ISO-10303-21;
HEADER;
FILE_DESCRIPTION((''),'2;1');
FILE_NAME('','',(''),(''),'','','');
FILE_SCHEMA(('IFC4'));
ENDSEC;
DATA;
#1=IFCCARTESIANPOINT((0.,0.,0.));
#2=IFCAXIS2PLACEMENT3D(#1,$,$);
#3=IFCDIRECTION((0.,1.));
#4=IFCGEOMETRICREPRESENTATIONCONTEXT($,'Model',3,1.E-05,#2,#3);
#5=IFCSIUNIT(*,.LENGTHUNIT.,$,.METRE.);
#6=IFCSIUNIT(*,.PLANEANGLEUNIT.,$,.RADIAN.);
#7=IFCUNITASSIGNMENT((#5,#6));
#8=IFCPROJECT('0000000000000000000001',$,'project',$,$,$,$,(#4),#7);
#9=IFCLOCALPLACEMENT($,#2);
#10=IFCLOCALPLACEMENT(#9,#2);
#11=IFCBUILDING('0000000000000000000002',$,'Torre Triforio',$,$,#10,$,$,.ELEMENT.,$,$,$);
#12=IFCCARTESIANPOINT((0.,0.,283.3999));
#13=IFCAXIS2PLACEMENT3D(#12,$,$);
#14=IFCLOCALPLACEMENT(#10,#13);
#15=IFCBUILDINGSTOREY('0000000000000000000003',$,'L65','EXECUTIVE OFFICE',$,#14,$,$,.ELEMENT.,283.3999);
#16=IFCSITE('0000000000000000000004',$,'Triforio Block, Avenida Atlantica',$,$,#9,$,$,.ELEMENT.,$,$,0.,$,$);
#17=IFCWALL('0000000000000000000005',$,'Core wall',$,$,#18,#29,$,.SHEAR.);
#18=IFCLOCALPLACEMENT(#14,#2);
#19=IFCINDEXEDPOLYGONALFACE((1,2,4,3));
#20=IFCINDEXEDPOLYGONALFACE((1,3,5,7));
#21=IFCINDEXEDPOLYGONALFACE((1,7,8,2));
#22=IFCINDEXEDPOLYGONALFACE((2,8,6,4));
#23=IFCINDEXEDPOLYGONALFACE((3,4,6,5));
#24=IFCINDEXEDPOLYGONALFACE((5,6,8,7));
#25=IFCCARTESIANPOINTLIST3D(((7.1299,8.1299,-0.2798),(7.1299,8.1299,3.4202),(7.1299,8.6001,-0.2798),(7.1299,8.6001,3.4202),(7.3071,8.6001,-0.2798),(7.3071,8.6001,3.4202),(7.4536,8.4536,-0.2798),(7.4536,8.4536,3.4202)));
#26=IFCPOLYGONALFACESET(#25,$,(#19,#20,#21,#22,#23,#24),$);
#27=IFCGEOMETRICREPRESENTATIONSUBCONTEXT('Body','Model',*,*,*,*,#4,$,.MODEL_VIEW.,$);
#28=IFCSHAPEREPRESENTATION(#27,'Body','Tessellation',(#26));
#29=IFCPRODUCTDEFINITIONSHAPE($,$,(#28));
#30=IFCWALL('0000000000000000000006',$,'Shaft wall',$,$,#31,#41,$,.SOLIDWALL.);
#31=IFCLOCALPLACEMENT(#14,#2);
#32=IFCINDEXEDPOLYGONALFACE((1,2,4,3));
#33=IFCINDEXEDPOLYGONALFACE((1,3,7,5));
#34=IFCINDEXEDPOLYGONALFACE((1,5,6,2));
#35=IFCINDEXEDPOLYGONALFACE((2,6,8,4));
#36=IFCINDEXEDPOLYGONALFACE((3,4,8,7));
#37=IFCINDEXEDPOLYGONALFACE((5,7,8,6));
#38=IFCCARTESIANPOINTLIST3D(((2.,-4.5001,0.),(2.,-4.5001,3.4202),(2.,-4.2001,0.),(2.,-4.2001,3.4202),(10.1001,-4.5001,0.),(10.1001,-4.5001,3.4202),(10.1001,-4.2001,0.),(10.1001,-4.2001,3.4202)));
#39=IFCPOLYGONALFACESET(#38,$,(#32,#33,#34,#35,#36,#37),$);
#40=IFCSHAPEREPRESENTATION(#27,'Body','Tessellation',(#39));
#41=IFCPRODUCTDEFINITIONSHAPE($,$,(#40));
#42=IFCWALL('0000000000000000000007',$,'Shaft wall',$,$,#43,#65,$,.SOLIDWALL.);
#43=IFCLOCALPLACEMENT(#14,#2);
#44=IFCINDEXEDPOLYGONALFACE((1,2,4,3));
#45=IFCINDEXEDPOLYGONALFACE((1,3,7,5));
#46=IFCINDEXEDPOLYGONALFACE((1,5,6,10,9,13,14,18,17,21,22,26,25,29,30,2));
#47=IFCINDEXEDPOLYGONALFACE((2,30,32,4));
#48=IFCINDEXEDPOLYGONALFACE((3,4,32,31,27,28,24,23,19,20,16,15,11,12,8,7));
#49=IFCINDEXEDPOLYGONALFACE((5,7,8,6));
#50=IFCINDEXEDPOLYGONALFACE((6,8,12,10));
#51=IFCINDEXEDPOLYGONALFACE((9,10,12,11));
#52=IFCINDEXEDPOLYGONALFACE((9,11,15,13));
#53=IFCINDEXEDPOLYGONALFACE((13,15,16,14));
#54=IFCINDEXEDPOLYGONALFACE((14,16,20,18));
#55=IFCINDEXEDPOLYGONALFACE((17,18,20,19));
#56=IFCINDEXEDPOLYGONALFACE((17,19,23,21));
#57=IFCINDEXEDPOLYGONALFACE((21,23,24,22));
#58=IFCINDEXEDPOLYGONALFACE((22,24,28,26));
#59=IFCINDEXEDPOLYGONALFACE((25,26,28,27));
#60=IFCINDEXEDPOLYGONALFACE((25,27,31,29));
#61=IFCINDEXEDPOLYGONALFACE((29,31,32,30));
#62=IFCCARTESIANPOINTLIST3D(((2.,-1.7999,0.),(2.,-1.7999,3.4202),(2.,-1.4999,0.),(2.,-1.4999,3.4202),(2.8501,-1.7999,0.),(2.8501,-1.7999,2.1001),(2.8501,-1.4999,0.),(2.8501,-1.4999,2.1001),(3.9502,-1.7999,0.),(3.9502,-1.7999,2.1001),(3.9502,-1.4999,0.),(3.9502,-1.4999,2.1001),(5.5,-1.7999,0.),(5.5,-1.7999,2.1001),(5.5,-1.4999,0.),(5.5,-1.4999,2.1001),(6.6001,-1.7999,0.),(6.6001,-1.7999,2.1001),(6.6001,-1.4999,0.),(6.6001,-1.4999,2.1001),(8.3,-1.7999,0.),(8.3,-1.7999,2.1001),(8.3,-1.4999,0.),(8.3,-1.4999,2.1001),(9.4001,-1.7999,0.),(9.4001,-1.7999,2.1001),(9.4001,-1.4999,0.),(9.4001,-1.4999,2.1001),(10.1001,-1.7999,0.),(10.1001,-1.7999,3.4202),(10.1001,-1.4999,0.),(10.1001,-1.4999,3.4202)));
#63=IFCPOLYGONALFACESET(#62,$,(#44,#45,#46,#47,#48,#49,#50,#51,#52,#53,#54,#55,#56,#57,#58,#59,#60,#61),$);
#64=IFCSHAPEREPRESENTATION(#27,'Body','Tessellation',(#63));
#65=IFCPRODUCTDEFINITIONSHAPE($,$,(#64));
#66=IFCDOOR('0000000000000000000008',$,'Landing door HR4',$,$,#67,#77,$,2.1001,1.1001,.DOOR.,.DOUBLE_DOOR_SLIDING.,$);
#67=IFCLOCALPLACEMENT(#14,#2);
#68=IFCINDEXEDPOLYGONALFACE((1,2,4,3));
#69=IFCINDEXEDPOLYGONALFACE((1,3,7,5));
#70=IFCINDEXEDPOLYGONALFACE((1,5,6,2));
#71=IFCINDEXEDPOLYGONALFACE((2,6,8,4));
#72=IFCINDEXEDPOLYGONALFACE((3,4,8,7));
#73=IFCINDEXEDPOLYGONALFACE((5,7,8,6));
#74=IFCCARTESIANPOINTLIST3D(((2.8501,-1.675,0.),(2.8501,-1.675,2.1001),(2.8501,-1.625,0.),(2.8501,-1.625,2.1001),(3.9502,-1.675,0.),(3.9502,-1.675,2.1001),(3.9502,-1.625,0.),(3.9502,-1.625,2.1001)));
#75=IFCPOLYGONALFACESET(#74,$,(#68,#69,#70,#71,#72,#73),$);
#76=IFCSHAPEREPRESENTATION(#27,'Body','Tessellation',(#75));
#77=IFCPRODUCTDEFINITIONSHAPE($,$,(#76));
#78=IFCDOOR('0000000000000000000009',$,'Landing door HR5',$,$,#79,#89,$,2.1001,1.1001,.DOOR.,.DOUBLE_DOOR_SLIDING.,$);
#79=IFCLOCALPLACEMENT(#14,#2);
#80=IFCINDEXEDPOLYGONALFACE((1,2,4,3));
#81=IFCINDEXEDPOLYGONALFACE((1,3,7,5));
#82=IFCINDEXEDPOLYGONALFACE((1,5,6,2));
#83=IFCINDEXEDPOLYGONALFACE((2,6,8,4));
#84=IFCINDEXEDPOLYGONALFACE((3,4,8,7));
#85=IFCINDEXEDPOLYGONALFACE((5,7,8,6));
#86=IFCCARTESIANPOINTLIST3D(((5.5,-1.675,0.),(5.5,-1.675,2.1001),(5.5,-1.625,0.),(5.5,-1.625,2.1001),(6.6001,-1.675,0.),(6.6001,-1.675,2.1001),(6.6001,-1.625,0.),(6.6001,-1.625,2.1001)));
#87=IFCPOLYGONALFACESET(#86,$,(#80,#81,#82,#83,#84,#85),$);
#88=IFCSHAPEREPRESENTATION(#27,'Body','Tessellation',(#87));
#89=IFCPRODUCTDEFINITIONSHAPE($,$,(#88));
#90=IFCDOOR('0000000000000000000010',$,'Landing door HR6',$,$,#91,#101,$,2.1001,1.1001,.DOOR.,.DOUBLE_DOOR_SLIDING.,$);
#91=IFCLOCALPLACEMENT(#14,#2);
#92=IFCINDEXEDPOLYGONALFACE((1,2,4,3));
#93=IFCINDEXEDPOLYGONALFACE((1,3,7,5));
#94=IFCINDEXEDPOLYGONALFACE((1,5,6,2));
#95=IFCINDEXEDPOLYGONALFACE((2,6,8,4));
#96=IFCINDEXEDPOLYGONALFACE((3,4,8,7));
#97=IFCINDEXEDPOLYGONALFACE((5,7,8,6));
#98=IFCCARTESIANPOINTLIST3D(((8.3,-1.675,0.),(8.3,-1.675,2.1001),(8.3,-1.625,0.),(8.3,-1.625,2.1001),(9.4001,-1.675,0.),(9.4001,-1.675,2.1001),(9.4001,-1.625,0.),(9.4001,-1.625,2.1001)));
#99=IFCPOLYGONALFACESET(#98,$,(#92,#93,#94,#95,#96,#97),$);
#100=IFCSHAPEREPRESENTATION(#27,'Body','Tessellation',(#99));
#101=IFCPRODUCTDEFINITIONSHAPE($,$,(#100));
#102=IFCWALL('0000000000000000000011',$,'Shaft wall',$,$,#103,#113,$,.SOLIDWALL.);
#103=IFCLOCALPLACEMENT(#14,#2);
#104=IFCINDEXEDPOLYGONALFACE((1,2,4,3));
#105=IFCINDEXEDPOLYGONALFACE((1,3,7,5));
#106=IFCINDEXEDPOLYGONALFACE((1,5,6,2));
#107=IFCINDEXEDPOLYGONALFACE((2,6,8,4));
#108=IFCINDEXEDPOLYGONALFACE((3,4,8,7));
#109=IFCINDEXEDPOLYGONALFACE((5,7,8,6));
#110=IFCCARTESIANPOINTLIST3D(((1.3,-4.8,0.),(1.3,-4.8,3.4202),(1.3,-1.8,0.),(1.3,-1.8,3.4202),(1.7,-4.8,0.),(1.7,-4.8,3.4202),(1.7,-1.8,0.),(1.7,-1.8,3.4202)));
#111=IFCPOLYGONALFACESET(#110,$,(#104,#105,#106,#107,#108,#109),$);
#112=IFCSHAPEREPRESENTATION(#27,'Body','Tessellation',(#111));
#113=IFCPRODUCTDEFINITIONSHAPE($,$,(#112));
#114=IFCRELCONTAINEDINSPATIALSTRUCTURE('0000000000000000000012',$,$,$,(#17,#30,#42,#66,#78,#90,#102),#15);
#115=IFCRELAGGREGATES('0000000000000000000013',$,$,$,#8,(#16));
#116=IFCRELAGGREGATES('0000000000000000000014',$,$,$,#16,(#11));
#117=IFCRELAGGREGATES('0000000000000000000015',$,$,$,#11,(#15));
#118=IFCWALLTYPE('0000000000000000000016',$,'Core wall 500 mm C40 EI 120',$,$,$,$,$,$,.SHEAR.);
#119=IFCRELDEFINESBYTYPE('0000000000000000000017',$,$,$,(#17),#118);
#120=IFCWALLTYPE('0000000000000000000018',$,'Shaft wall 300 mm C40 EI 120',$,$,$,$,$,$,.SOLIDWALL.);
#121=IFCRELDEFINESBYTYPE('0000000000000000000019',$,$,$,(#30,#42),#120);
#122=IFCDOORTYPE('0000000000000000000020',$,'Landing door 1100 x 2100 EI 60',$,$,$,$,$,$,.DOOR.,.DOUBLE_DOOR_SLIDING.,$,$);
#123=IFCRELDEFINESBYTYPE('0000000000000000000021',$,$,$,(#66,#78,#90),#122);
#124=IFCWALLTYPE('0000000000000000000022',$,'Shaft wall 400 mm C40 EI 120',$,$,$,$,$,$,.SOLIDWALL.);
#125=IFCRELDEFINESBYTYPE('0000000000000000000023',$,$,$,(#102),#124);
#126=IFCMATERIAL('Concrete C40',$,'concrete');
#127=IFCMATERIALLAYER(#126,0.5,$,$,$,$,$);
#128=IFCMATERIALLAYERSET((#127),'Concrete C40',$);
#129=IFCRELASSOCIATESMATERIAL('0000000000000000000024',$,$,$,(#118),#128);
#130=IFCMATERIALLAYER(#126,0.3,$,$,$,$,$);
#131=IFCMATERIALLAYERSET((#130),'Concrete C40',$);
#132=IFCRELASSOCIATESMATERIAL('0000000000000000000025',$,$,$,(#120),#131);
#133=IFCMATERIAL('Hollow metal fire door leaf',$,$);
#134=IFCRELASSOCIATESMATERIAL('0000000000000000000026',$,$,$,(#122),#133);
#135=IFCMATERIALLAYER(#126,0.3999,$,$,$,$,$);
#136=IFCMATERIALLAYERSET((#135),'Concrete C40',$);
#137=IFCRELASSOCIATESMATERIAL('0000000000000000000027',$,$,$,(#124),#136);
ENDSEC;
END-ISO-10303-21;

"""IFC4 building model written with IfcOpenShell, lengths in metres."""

from ifc_helpers import new_model, si_unit, direction, frame, frame_2d, origin, place, context, subcontext, project, spatial, polyline, rectangle, outline, extrude, material, layer, layer_set, type_object, element, fill, save


model = new_model("IFC4")

# Units and contexts
model_context = context("Model", 3, precision=1e-05, world=origin(), true_north=direction((0.0, 1.0)))
body_context = subcontext(model_context, "Body", "Model", "MODEL_VIEW")
ifc_project = project(units=[si_unit("LENGTHUNIT", "METRE"), si_unit("PLANEANGLEUNIT", "RADIAN")], contexts=[model_context])

# Site, building, storey
site_placement = place(None, origin())
site = spatial("IfcSite", under=ifc_project, at=site_placement, Name="Triforio Block, Avenida Atlantica", CompositionType="ELEMENT", RefElevation=0.0)
building_placement = place(site_placement, origin())
building = spatial("IfcBuilding", under=site, at=building_placement, Name="Torre Triforio", CompositionType="ELEMENT")
storey_placement = place(building_placement, frame((0.0, 0.0, 283.3999)))
storey = spatial("IfcBuildingStorey", under=building, at=storey_placement, Name="L65", Description="EXECUTIVE OFFICE", CompositionType="ELEMENT", Elevation=283.3999)

# Shared definitions
ifc_material_1 = material(Name="Concrete C40", Category="concrete")

# Walls
ifc_layer_1 = layer(ifc_material_1, 0.5)
ifc_layer_set_1 = layer_set([ifc_layer_1], Name="Concrete C40")
wall_type_1 = type_object("IfcWallType", Name="Core wall 500 mm C40 EI 120", PredefinedType="SHEAR", material=ifc_layer_set_1)
wall_1_placement = place(storey_placement, frame((0.0, 0.0, -0.2798)))
element("IfcWall", 1, at=wall_1_placement, inside=storey, type_object=wall_type_1, Name="Core wall", PredefinedType="SHEAR", context=body_context, shape_type="SweptSolid", body=[
    extrude(outline(polyline([(7.3071, 8.6001), (7.4536, 8.4536), (7.1299, 8.1299), (7.1299, 8.6001), (7.3071, 8.6001)])), origin(), (0.0, 0.0, 1.0), 3.7),
])
ifc_layer_2 = layer(ifc_material_1, 0.3)
ifc_layer_set_2 = layer_set([ifc_layer_2], Name="Concrete C40")
wall_type_2 = type_object("IfcWallType", Name="Shaft wall 300 mm C40 EI 120", PredefinedType="SOLIDWALL", material=ifc_layer_set_2)
wall_2_placement = place(storey_placement, frame((2.0, -4.3501, 0.0), z_axis=(0.0, 0.0, 1.0), x_axis=(1.0, 0.0, 0.0)))
element("IfcWall", 2, at=wall_2_placement, inside=storey, type_object=wall_type_2, Name="Shaft wall", PredefinedType="SOLIDWALL", context=body_context, shape_type="SweptSolid", body=[
    extrude(rectangle(XDim=8.1001, YDim=0.3, at=frame_2d((4.05, 0.0))), origin(), (0.0, 0.0, 1.0), 3.4202),
])

# Wall, openings, doors
wall_3_placement = place(storey_placement, frame((2.0, -1.6499, 0.0), z_axis=(0.0, 0.0, 1.0), x_axis=(1.0, 0.0, 0.0)))
wall_3 = element("IfcWall", 3, at=wall_3_placement, inside=storey, type_object=wall_type_2, Name="Shaft wall", PredefinedType="SOLIDWALL", context=body_context, shape_type="SweptSolid", body=[
    extrude(rectangle(XDim=8.1001, YDim=0.3, at=frame_2d((4.05, 0.0))), origin(), (0.0, 0.0, 1.0), 3.4202),
])
opening_1_placement = place(wall_3_placement, frame((0.8501, 0.0, 0.0)))
opening_1 = element("IfcOpeningElement", 4, at=opening_1_placement, cuts=wall_3, PredefinedType="OPENING", context=body_context, shape_type="SweptSolid", body=[
    extrude(rectangle(XDim=1.1001, YDim=2.1001, at=frame_2d((0.55, 1.05))), frame((0.0, 0.1599, 0.0), z_axis=(0.0, -1.0, 0.0), x_axis=(1.0, 0.0, 0.0)), (0.0, 0.0, 1.0), 0.3201),
])
opening_2_placement = place(wall_3_placement, frame((3.5, 0.0, 0.0)))
opening_2 = element("IfcOpeningElement", 5, at=opening_2_placement, cuts=wall_3, PredefinedType="OPENING", context=body_context, shape_type="SweptSolid", body=[
    extrude(rectangle(XDim=1.1001, YDim=2.1001, at=frame_2d((0.55, 1.05))), frame((0.0, 0.1599, 0.0), z_axis=(0.0, -1.0, 0.0), x_axis=(1.0, 0.0, 0.0)), (0.0, 0.0, 1.0), 0.3201),
])
opening_3_placement = place(wall_3_placement, frame((6.3, 0.0, 0.0)))
opening_3 = element("IfcOpeningElement", 6, at=opening_3_placement, cuts=wall_3, PredefinedType="OPENING", context=body_context, shape_type="SweptSolid", body=[
    extrude(rectangle(XDim=1.1001, YDim=2.1001, at=frame_2d((0.55, 1.05))), frame((0.0, 0.1599, 0.0), z_axis=(0.0, -1.0, 0.0), x_axis=(1.0, 0.0, 0.0)), (0.0, 0.0, 1.0), 0.3201),
])
ifc_material_2 = material(Name="Hollow metal fire door leaf")
door_type = type_object("IfcDoorType", Name="Landing door 1100 x 2100 EI 60", OperationType="DOUBLE_DOOR_SLIDING", PredefinedType="DOOR", material=ifc_material_2)
door_1_placement = place(opening_1_placement, origin())
door_1 = element("IfcDoor", 7, at=door_1_placement, inside=storey, type_object=door_type, Name="Landing door HR4", OperationType="DOUBLE_DOOR_SLIDING", OverallHeight=2.1001, OverallWidth=1.1001, PredefinedType="DOOR", context=body_context, shape_type="SweptSolid", body=[
    extrude(rectangle(XDim=1.1001, YDim=2.1001, at=frame_2d((0.55, 1.05))), frame((0.0, 0.0249, 0.0), z_axis=(0.0, -1.0, 0.0), x_axis=(1.0, 0.0, 0.0)), (0.0, 0.0, 1.0), 0.05),
])
fill(opening_1, door_1)
door_2_placement = place(opening_2_placement, origin())
door_2 = element("IfcDoor", 8, at=door_2_placement, inside=storey, type_object=door_type, Name="Landing door HR5", OperationType="DOUBLE_DOOR_SLIDING", OverallHeight=2.1001, OverallWidth=1.1001, PredefinedType="DOOR", context=body_context, shape_type="SweptSolid", body=[
    extrude(rectangle(XDim=1.1001, YDim=2.1001, at=frame_2d((0.55, 1.05))), frame((0.0, 0.0249, 0.0), z_axis=(0.0, -1.0, 0.0), x_axis=(1.0, 0.0, 0.0)), (0.0, 0.0, 1.0), 0.05),
])
fill(opening_2, door_2)
door_3_placement = place(opening_3_placement, origin())
door_3 = element("IfcDoor", 9, at=door_3_placement, inside=storey, type_object=door_type, Name="Landing door HR6", OperationType="DOUBLE_DOOR_SLIDING", OverallHeight=2.1001, OverallWidth=1.1001, PredefinedType="DOOR", context=body_context, shape_type="SweptSolid", body=[
    extrude(rectangle(XDim=1.1001, YDim=2.1001, at=frame_2d((0.55, 1.05))), frame((0.0, 0.0249, 0.0), z_axis=(0.0, -1.0, 0.0), x_axis=(1.0, 0.0, 0.0)), (0.0, 0.0, 1.0), 0.05),
])
fill(opening_3, door_3)

# Wall
ifc_layer_3 = layer(ifc_material_1, 0.3999)
ifc_layer_set_3 = layer_set([ifc_layer_3], Name="Concrete C40")
wall_type_3 = type_object("IfcWallType", Name="Shaft wall 400 mm C40 EI 120", PredefinedType="SOLIDWALL", material=ifc_layer_set_3)
wall_4_placement = place(storey_placement, frame((1.5, -4.8, 0.0), z_axis=(0.0, 0.0, 1.0), x_axis=(0.0, 1.0, 0.0)))
element("IfcWall", 10, at=wall_4_placement, inside=storey, type_object=wall_type_3, Name="Shaft wall", PredefinedType="SOLIDWALL", context=body_context, shape_type="SweptSolid", body=[
    extrude(rectangle(XDim=3.0, YDim=0.3999, at=frame_2d((1.5, 0.0))), origin(), (0.0, 0.0, 1.0), 3.4202),
])

save(model, "model.ifc")
